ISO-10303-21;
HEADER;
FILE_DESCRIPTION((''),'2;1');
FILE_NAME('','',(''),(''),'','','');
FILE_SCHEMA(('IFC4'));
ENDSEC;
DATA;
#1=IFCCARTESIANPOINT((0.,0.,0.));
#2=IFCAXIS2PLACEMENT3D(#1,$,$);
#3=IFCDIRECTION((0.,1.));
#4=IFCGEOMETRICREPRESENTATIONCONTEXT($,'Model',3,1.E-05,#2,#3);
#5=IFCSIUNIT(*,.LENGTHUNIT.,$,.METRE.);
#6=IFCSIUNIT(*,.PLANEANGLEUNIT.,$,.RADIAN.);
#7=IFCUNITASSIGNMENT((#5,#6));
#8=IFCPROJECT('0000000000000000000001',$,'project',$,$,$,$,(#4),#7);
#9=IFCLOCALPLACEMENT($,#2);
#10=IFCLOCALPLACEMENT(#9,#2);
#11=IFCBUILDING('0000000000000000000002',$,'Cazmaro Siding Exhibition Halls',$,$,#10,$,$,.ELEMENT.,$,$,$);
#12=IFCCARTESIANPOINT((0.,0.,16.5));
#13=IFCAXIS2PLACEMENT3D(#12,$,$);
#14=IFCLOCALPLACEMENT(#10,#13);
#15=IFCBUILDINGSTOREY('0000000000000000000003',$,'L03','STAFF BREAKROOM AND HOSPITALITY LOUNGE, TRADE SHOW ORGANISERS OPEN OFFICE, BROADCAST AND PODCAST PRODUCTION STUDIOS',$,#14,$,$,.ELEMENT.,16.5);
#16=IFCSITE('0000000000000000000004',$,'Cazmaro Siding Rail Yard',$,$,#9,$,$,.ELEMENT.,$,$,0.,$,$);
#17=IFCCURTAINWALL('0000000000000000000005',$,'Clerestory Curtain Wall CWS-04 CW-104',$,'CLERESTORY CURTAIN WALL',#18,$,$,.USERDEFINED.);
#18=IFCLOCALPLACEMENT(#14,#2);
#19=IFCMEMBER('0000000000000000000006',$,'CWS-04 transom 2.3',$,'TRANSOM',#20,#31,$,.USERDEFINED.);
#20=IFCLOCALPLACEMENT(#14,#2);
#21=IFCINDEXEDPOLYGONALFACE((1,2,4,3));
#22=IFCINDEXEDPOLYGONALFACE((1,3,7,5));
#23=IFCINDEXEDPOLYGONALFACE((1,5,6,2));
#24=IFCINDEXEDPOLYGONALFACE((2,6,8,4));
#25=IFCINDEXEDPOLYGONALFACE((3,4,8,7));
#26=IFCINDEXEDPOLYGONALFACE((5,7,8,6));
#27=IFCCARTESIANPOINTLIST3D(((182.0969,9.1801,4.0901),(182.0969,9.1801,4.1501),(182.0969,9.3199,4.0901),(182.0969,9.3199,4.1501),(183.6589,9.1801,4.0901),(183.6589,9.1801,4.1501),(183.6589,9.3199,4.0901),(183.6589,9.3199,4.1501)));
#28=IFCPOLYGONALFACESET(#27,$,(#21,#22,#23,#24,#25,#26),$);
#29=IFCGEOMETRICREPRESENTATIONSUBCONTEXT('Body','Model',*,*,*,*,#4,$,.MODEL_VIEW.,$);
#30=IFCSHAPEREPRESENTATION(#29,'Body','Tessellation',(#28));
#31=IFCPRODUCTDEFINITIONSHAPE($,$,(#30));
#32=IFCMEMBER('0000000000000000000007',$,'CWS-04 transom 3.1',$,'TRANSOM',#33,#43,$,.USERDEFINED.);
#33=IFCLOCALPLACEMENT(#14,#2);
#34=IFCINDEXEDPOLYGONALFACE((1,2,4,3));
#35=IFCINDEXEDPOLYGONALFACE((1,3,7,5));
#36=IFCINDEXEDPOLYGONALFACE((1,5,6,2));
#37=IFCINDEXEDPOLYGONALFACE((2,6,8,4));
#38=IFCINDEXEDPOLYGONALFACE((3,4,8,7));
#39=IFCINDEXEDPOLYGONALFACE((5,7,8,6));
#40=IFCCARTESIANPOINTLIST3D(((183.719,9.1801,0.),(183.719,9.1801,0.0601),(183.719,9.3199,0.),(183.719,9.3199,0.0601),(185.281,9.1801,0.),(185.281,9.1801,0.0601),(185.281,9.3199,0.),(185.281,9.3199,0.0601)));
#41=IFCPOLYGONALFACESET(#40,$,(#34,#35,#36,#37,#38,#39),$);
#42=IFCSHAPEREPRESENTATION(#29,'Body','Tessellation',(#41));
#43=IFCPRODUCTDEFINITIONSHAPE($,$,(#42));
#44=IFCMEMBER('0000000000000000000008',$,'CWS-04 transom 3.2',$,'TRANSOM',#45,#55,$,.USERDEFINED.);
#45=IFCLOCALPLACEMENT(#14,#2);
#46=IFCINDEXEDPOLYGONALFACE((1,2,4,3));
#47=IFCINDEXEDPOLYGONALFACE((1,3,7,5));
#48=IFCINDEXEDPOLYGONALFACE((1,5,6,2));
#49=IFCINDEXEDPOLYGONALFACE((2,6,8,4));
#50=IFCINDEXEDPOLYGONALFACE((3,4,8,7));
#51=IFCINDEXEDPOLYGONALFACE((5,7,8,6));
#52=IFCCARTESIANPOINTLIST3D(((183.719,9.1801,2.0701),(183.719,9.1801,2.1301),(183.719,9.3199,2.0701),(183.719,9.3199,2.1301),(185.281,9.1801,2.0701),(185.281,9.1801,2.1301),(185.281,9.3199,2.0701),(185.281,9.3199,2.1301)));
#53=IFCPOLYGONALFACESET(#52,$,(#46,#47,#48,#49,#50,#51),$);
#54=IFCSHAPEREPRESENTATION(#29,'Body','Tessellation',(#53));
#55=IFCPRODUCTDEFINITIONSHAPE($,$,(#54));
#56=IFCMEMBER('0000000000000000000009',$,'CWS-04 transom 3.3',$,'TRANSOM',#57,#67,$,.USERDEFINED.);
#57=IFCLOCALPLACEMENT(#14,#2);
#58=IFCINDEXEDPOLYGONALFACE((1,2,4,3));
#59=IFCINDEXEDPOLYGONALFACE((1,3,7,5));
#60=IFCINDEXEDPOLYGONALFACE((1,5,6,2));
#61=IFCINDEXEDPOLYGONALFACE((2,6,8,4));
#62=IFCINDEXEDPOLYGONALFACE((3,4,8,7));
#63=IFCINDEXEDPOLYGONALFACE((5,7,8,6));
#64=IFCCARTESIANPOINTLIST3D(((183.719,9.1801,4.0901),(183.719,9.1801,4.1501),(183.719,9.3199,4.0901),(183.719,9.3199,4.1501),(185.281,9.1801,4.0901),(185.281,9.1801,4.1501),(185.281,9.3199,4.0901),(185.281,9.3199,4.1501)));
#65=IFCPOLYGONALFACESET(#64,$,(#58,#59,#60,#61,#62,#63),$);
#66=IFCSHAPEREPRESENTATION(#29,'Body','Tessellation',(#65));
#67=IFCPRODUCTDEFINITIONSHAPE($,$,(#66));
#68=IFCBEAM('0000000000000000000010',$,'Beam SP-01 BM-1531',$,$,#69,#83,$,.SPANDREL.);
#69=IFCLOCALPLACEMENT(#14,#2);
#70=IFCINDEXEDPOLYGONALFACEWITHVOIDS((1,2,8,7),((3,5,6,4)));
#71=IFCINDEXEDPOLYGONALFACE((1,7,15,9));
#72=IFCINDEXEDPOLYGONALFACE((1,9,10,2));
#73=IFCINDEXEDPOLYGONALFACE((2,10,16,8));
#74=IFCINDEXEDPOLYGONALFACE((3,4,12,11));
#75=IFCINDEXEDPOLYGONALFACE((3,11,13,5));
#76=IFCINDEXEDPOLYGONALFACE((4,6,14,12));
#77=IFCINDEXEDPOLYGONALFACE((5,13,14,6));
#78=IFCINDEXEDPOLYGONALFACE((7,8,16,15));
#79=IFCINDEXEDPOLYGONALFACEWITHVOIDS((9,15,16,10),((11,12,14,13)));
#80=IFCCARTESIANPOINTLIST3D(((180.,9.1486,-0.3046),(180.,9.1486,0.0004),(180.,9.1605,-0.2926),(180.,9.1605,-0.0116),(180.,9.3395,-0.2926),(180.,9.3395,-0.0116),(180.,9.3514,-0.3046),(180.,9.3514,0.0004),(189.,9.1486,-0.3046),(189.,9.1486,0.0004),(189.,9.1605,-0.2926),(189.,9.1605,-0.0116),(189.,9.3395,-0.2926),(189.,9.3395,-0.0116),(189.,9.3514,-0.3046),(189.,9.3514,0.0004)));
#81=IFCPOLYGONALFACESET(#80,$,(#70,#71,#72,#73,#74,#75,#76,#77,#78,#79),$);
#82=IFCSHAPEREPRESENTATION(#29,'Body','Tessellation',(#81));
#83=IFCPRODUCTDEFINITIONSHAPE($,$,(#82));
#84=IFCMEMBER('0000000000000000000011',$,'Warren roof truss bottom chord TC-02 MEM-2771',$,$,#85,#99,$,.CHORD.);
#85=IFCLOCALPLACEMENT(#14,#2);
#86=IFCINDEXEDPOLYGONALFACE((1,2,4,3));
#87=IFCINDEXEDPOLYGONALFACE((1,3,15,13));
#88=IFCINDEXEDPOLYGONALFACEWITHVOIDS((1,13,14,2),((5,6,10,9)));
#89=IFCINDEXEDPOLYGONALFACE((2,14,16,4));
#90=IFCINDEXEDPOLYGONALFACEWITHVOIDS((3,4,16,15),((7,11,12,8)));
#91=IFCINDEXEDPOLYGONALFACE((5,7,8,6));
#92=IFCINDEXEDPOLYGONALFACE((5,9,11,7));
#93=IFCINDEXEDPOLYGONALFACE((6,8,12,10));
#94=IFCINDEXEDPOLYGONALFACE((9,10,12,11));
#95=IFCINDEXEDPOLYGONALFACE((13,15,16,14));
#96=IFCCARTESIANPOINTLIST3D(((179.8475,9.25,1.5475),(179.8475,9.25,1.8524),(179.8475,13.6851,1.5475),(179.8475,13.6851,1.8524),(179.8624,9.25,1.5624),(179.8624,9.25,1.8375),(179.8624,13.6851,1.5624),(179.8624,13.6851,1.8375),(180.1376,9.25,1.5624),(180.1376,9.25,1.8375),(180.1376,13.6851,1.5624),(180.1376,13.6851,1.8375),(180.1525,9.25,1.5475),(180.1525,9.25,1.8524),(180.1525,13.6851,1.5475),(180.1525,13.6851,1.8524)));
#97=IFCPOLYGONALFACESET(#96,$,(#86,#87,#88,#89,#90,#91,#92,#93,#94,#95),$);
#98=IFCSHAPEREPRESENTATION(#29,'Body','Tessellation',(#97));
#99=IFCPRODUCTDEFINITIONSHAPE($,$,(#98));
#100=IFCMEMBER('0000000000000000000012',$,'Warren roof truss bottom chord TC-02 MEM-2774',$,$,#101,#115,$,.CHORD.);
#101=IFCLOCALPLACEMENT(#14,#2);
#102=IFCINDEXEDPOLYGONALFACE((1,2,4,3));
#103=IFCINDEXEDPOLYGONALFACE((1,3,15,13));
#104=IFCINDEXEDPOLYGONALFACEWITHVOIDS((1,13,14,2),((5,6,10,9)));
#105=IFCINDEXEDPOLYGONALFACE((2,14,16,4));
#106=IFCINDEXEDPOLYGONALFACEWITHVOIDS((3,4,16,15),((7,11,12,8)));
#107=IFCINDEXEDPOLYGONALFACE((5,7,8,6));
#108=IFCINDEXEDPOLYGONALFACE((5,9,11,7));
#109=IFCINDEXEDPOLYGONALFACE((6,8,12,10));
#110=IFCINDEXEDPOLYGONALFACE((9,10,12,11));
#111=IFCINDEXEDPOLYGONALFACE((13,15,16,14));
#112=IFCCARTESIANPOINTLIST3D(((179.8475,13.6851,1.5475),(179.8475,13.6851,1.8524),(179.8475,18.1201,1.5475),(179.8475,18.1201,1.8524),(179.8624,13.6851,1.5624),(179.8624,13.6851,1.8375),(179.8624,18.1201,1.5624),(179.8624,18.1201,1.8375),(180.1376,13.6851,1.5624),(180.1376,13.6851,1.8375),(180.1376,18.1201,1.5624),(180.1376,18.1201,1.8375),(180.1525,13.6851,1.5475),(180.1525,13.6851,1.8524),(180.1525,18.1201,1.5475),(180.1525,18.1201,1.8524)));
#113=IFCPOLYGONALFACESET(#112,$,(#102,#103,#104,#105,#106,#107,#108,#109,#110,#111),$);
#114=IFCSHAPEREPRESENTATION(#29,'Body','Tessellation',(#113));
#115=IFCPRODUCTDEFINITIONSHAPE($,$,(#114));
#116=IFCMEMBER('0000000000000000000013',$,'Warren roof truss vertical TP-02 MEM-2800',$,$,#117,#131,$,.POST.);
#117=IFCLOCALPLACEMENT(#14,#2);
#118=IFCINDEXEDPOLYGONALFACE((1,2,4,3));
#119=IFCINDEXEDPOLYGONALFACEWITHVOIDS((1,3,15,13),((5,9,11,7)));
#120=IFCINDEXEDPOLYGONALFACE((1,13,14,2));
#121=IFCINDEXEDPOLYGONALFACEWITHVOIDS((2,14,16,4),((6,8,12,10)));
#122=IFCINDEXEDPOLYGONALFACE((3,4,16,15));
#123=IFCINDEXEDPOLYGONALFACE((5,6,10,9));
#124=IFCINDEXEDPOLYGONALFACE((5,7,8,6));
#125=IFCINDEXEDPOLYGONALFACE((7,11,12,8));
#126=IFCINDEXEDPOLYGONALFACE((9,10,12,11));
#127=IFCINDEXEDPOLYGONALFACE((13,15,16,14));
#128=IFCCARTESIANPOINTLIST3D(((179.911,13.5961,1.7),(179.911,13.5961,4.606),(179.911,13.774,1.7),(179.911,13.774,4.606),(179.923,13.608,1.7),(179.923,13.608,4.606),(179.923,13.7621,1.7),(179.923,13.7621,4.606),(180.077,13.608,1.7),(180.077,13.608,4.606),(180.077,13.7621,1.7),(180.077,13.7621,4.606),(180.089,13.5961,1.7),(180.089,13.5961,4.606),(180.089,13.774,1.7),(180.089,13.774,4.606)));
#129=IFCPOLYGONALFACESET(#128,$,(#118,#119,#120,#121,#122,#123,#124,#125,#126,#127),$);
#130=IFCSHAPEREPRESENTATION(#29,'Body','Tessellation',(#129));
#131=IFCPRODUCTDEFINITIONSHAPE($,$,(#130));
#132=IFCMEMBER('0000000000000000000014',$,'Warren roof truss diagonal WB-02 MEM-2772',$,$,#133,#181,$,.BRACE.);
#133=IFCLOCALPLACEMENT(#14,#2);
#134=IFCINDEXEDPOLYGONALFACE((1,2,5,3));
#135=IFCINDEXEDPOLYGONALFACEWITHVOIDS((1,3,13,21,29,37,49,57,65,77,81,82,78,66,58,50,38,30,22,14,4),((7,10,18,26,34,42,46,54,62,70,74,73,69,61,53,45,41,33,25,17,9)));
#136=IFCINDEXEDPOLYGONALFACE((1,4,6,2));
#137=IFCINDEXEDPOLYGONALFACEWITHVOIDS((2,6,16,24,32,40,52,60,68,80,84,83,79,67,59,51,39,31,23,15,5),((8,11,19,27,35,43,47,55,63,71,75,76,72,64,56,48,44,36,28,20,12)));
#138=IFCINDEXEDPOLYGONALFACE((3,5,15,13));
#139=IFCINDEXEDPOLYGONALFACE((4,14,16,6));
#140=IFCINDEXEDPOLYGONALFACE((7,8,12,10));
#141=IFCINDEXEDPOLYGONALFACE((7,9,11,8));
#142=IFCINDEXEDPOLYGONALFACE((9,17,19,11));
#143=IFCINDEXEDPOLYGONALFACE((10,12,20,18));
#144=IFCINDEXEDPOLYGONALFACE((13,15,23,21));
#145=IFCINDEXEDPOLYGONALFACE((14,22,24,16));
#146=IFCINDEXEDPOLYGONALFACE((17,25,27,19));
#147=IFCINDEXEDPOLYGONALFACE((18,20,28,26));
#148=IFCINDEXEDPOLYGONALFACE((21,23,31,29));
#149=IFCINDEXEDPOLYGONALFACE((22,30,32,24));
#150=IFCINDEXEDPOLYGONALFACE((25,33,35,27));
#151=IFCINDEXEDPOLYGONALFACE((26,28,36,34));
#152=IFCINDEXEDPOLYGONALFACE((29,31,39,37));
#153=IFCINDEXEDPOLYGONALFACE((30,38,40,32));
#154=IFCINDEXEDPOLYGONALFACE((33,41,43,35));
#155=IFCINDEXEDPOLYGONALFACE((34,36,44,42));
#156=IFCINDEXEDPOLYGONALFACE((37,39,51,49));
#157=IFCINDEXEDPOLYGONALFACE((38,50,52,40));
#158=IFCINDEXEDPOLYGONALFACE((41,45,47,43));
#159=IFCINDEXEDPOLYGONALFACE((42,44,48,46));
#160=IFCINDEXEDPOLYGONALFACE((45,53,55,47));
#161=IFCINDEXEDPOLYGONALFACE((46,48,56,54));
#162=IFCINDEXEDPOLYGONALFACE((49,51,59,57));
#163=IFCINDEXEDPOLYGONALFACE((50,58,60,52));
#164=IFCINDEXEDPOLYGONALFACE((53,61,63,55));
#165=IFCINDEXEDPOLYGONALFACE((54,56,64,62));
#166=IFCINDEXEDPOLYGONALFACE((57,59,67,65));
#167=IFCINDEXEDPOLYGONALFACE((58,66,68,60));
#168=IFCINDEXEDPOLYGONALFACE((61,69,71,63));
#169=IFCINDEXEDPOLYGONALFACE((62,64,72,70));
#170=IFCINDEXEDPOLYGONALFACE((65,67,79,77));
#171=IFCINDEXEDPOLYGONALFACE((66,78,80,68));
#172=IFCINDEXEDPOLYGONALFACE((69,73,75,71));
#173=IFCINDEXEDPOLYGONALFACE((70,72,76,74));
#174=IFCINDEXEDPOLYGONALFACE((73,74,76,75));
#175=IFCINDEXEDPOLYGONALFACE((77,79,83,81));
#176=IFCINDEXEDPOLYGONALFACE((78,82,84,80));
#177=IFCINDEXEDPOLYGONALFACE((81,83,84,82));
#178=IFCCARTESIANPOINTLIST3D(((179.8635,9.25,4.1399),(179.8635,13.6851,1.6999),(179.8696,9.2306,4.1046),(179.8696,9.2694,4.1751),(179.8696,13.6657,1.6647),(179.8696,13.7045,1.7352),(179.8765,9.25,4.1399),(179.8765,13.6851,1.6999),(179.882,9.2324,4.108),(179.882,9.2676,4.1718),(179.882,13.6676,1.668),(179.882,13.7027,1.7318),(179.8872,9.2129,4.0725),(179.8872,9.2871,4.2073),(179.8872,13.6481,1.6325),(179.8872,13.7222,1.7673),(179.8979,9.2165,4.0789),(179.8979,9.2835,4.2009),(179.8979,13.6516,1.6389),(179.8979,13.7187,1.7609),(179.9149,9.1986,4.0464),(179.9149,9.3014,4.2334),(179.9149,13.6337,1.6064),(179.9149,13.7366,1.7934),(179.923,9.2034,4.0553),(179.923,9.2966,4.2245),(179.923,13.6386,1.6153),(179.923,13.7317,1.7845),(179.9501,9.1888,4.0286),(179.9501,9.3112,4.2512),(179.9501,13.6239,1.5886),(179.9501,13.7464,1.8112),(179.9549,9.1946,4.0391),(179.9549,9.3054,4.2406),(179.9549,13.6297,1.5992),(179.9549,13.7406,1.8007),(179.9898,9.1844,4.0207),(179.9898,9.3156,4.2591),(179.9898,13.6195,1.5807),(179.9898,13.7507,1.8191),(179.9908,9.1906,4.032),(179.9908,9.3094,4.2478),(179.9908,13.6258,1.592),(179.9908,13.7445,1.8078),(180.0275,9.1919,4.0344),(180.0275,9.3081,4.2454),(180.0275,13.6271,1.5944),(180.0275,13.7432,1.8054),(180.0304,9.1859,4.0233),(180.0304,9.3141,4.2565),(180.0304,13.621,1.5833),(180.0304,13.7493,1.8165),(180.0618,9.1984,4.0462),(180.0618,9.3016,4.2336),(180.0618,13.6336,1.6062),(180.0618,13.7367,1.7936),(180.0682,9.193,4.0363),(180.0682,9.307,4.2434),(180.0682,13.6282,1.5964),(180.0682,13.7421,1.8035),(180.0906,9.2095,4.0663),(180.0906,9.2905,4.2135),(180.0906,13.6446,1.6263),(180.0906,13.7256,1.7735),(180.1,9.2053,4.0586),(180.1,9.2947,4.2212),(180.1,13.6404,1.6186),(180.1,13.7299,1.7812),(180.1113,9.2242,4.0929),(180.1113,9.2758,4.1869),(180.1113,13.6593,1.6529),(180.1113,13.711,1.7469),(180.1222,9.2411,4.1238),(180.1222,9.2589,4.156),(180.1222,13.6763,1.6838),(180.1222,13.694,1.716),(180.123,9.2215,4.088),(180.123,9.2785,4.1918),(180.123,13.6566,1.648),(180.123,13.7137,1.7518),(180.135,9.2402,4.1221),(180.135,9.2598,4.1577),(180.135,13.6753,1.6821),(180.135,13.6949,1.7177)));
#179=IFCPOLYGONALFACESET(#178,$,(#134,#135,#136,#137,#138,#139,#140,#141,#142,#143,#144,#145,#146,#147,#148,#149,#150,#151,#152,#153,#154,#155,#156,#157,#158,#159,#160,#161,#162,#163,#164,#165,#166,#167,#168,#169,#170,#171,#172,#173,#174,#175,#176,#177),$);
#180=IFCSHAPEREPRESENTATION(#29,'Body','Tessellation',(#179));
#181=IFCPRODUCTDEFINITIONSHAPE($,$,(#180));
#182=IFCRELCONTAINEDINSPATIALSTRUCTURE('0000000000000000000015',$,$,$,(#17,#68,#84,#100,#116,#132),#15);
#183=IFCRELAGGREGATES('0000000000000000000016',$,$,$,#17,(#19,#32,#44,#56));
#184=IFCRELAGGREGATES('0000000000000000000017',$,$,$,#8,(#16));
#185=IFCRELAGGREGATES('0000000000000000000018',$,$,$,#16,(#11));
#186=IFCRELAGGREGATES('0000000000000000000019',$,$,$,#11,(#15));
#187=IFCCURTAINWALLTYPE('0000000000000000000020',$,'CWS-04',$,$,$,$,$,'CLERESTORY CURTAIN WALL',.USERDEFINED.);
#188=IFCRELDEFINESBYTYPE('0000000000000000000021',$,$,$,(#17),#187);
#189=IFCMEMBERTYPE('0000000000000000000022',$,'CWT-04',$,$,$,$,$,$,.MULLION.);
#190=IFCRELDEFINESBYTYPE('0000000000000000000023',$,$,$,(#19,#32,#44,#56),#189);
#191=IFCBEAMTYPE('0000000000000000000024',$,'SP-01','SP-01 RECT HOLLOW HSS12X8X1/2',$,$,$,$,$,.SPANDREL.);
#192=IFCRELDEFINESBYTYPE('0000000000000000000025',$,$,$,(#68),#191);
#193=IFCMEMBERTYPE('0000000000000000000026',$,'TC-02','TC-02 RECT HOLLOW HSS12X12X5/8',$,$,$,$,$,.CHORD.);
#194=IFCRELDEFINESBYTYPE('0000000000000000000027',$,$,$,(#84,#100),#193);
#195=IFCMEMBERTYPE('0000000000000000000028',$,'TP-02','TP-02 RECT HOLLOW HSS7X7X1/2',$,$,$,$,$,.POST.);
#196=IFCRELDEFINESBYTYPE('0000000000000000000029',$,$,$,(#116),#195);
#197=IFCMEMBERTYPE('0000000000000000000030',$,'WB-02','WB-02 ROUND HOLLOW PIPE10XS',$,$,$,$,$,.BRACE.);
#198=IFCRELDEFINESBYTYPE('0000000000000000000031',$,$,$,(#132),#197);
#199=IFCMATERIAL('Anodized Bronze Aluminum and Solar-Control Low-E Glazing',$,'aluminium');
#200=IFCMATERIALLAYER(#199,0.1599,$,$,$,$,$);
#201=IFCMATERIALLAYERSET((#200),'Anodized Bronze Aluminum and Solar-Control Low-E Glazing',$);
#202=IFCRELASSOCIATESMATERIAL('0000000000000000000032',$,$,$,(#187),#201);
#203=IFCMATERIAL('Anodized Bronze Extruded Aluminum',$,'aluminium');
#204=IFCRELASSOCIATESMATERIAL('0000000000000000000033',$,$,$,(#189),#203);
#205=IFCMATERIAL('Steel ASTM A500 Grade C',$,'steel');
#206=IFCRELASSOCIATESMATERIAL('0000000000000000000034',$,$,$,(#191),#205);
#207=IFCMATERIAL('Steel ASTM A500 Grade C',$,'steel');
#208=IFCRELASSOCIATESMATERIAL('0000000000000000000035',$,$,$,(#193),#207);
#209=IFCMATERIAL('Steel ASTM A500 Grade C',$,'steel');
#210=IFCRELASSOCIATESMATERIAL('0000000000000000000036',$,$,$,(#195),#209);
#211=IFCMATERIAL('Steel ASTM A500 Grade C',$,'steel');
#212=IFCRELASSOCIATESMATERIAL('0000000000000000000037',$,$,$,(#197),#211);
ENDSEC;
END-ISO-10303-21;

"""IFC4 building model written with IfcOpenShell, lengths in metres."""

from ifc_helpers import new_model, si_unit, direction, frame, origin, origin_2d, place, context, subcontext, project, spatial, rectangle, hollow_rectangle, hollow_circle, extrude, material, layer, layer_set, material_profile, profile_set, type_object, element, aggregate, save


model = new_model("IFC4")

# Units and contexts
model_context = context("Model", 3, precision=1e-05, world=origin(), true_north=direction((0.0, 1.0)))
body_context = subcontext(model_context, "Body", "Model", "MODEL_VIEW")
ifc_project = project(units=[si_unit("LENGTHUNIT", "METRE"), si_unit("PLANEANGLEUNIT", "RADIAN")], contexts=[model_context])

# Site, building, storey
site_placement = place(None, origin())
site = spatial("IfcSite", under=ifc_project, at=site_placement, Name="Cazmaro Siding Rail Yard", CompositionType="ELEMENT", RefElevation=0.0)
building_placement = place(site_placement, origin())
building = spatial("IfcBuilding", under=site, at=building_placement, Name="Cazmaro Siding Exhibition Halls", CompositionType="ELEMENT")
storey_placement = place(building_placement, frame((0.0, 0.0, 16.5)))
storey = spatial("IfcBuildingStorey", under=building, at=storey_placement, Name="L03", Description="STAFF BREAKROOM AND HOSPITALITY LOUNGE, TRADE SHOW ORGANISERS OPEN OFFICE, BROADCAST AND PODCAST PRODUCTION STUDIOS", CompositionType="ELEMENT", Elevation=16.5)

# Curtain wall
ifc_material_1 = material(Name="Anodized Bronze Aluminum and Solar-Control Low-E Glazing", Category="aluminium")
ifc_layer_1 = layer(ifc_material_1, 0.1599)
ifc_layer_set_1 = layer_set([ifc_layer_1], Name="Anodized Bronze Aluminum and Solar-Control Low-E Glazing")
curtain_wall_type = type_object("IfcCurtainWallType", Name="CWS-04", ElementType="CLERESTORY CURTAIN WALL", PredefinedType="USERDEFINED", material=ifc_layer_set_1)
curtain_wall_1_placement = place(storey_placement, origin())
curtain_wall_1 = element("IfcCurtainWall", 1, at=curtain_wall_1_placement, inside=storey, type_object=curtain_wall_type, Name="Clerestory Curtain Wall CWS-04 CW-104", ObjectType="CLERESTORY CURTAIN WALL", PredefinedType="USERDEFINED")

# Members
ifc_material_2 = material(Name="Anodized Bronze Extruded Aluminum", Category="aluminium")
ifc_material_profile_1 = material_profile(ifc_material_2, rectangle(XDim=0.1399, YDim=0.0601, at=origin_2d()), Name="CWT-04")
ifc_profile_set_1 = profile_set([ifc_material_profile_1], Name="Anodized Bronze Extruded Aluminum")
member_type_1 = type_object("IfcMemberType", Name="CWT-04", PredefinedType="MULLION", material=ifc_profile_set_1)
member_1_placement = place(storey_placement, frame((182.0969, 9.25, 4.1201), z_axis=(1.0, 0.0, 0.0), x_axis=(0.0, 1.0, 0.0)))
member_1 = element("IfcMember", 2, at=member_1_placement, type_object=member_type_1, Name="CWS-04 transom 2.3", ObjectType="TRANSOM", PredefinedType="USERDEFINED", context=body_context, shape_type="SweptSolid", body=[
    extrude(rectangle(XDim=0.1399, YDim=0.0601, at=origin_2d()), origin(), (0.0, 0.0, 1.0), 1.562),
])
member_2_placement = place(storey_placement, frame((183.719, 9.25, 0.03), z_axis=(1.0, 0.0, 0.0), x_axis=(0.0, 1.0, 0.0)))
member_2 = element("IfcMember", 3, at=member_2_placement, type_object=member_type_1, Name="CWS-04 transom 3.1", ObjectType="TRANSOM", PredefinedType="USERDEFINED", context=body_context, shape_type="SweptSolid", body=[
    extrude(rectangle(XDim=0.1399, YDim=0.0601, at=origin_2d()), origin(), (0.0, 0.0, 1.0), 1.562),
])
member_3_placement = place(storey_placement, frame((183.719, 9.25, 2.1001), z_axis=(1.0, 0.0, 0.0), x_axis=(0.0, 1.0, 0.0)))
member_3 = element("IfcMember", 4, at=member_3_placement, type_object=member_type_1, Name="CWS-04 transom 3.2", ObjectType="TRANSOM", PredefinedType="USERDEFINED", context=body_context, shape_type="SweptSolid", body=[
    extrude(rectangle(XDim=0.1399, YDim=0.0601, at=origin_2d()), origin(), (0.0, 0.0, 1.0), 1.562),
])
member_4_placement = place(storey_placement, frame((183.719, 9.25, 4.1201), z_axis=(1.0, 0.0, 0.0), x_axis=(0.0, 1.0, 0.0)))
member_4 = element("IfcMember", 5, at=member_4_placement, type_object=member_type_1, Name="CWS-04 transom 3.3", ObjectType="TRANSOM", PredefinedType="USERDEFINED", context=body_context, shape_type="SweptSolid", body=[
    extrude(rectangle(XDim=0.1399, YDim=0.0601, at=origin_2d()), origin(), (0.0, 0.0, 1.0), 1.562),
])

# Beam
ifc_material_3 = material(Name="Steel ASTM A500 Grade C", Category="steel")
ifc_material_profile_2 = material_profile(ifc_material_3, hollow_rectangle(XDim=0.2029, YDim=0.3049, WallThickness=0.012, at=origin_2d()), Name="HSS12X8X1/2")
ifc_profile_set_2 = profile_set([ifc_material_profile_2], Name="Steel ASTM A500 Grade C")
beam_type = type_object("IfcBeamType", Name="SP-01", Description="SP-01 RECT HOLLOW HSS12X8X1/2", PredefinedType="SPANDREL", material=ifc_profile_set_2)
beam_placement = place(storey_placement, frame((180.0, 9.25, -0.1521), z_axis=(1.0, 0.0, 0.0), x_axis=(0.0, 1.0, 0.0)))
element("IfcBeam", 6, at=beam_placement, inside=storey, type_object=beam_type, Name="Beam SP-01 BM-1531", PredefinedType="SPANDREL", context=body_context, shape_type="SweptSolid", body=[
    extrude(hollow_rectangle(XDim=0.2029, YDim=0.3049, WallThickness=0.012, at=origin_2d()), origin(), (0.0, 0.0, 1.0), 9.0),
])

# Members
ifc_material_4 = material(Name="Steel ASTM A500 Grade C", Category="steel")
ifc_material_profile_3 = material_profile(ifc_material_4, hollow_rectangle(XDim=0.3049, YDim=0.3049, WallThickness=0.0149, at=origin_2d()), Name="HSS12X12X5/8")
ifc_profile_set_3 = profile_set([ifc_material_profile_3], Name="Steel ASTM A500 Grade C")
member_type_2 = type_object("IfcMemberType", Name="TC-02", Description="TC-02 RECT HOLLOW HSS12X12X5/8", PredefinedType="CHORD", material=ifc_profile_set_3)
for number, where, z_axis, x_axis, name in (
    (7, (180.0, 9.25, 1.7), (0.0, 1.0, 0.0), (-1.0, 0.0, 0.0), "Warren roof truss bottom chord TC-02 MEM-2771"),
    (8, (180.0, 13.6851, 1.7), (0.0, 1.0, 0.0), (-1.0, 0.0, 0.0), "Warren roof truss bottom chord TC-02 MEM-2774"),
):
    element("IfcMember", number, at=place(storey_placement, frame(where, z_axis=z_axis, x_axis=x_axis)), inside=storey, type_object=member_type_2, Name=name, PredefinedType="CHORD", context=body_context, shape_type="SweptSolid", body=[
        extrude(hollow_rectangle(XDim=0.3049, YDim=0.3049, WallThickness=0.0149, at=origin_2d()), origin(), (0.0, 0.0, 1.0), 4.4351),
    ])
ifc_material_5 = material(Name="Steel ASTM A500 Grade C", Category="steel")
ifc_material_profile_4 = material_profile(ifc_material_5, hollow_rectangle(XDim=0.178, YDim=0.178, WallThickness=0.012, at=origin_2d()), Name="HSS7X7X1/2")
ifc_profile_set_4 = profile_set([ifc_material_profile_4], Name="Steel ASTM A500 Grade C")
member_type_3 = type_object("IfcMemberType", Name="TP-02", Description="TP-02 RECT HOLLOW HSS7X7X1/2", PredefinedType="POST", material=ifc_profile_set_4)
member_5_placement = place(storey_placement, frame((180.0, 13.6851, 1.7), z_axis=(0.0, 0.0, 1.0), x_axis=(1.0, 0.0, 0.0)))
element("IfcMember", 9, at=member_5_placement, inside=storey, type_object=member_type_3, Name="Warren roof truss vertical TP-02 MEM-2800", PredefinedType="POST", context=body_context, shape_type="SweptSolid", body=[
    extrude(hollow_rectangle(XDim=0.178, YDim=0.178, WallThickness=0.012, at=origin_2d()), origin(), (0.0, 0.0, 1.0), 2.906),
])
ifc_material_6 = material(Name="Steel ASTM A500 Grade C", Category="steel")
ifc_material_profile_5 = material_profile(ifc_material_6, hollow_circle(Radius=0.1365, WallThickness=0.0129, at=origin_2d()), Name="PIPE10XS")
ifc_profile_set_5 = profile_set([ifc_material_profile_5], Name="Steel ASTM A500 Grade C")
member_type_4 = type_object("IfcMemberType", Name="WB-02", Description="WB-02 ROUND HOLLOW PIPE10XS", PredefinedType="BRACE", material=ifc_profile_set_5)
member_6_placement = place(storey_placement, frame((180.0, 9.25, 4.1399), z_axis=(0.0, 0.876161, -0.482019), x_axis=(-1.0, 0.0, 0.0)))
element("IfcMember", 10, at=member_6_placement, inside=storey, type_object=member_type_4, Name="Warren roof truss diagonal WB-02 MEM-2772", PredefinedType="BRACE", context=body_context, shape_type="SweptSolid", body=[
    extrude(hollow_circle(Radius=0.1365, WallThickness=0.0129, at=origin_2d()), origin(), (0.0, 0.0, 1.0), 5.062),
])

aggregate(curtain_wall_1, [member_1, member_2, member_3, member_4])

save(model, "model.ifc")
